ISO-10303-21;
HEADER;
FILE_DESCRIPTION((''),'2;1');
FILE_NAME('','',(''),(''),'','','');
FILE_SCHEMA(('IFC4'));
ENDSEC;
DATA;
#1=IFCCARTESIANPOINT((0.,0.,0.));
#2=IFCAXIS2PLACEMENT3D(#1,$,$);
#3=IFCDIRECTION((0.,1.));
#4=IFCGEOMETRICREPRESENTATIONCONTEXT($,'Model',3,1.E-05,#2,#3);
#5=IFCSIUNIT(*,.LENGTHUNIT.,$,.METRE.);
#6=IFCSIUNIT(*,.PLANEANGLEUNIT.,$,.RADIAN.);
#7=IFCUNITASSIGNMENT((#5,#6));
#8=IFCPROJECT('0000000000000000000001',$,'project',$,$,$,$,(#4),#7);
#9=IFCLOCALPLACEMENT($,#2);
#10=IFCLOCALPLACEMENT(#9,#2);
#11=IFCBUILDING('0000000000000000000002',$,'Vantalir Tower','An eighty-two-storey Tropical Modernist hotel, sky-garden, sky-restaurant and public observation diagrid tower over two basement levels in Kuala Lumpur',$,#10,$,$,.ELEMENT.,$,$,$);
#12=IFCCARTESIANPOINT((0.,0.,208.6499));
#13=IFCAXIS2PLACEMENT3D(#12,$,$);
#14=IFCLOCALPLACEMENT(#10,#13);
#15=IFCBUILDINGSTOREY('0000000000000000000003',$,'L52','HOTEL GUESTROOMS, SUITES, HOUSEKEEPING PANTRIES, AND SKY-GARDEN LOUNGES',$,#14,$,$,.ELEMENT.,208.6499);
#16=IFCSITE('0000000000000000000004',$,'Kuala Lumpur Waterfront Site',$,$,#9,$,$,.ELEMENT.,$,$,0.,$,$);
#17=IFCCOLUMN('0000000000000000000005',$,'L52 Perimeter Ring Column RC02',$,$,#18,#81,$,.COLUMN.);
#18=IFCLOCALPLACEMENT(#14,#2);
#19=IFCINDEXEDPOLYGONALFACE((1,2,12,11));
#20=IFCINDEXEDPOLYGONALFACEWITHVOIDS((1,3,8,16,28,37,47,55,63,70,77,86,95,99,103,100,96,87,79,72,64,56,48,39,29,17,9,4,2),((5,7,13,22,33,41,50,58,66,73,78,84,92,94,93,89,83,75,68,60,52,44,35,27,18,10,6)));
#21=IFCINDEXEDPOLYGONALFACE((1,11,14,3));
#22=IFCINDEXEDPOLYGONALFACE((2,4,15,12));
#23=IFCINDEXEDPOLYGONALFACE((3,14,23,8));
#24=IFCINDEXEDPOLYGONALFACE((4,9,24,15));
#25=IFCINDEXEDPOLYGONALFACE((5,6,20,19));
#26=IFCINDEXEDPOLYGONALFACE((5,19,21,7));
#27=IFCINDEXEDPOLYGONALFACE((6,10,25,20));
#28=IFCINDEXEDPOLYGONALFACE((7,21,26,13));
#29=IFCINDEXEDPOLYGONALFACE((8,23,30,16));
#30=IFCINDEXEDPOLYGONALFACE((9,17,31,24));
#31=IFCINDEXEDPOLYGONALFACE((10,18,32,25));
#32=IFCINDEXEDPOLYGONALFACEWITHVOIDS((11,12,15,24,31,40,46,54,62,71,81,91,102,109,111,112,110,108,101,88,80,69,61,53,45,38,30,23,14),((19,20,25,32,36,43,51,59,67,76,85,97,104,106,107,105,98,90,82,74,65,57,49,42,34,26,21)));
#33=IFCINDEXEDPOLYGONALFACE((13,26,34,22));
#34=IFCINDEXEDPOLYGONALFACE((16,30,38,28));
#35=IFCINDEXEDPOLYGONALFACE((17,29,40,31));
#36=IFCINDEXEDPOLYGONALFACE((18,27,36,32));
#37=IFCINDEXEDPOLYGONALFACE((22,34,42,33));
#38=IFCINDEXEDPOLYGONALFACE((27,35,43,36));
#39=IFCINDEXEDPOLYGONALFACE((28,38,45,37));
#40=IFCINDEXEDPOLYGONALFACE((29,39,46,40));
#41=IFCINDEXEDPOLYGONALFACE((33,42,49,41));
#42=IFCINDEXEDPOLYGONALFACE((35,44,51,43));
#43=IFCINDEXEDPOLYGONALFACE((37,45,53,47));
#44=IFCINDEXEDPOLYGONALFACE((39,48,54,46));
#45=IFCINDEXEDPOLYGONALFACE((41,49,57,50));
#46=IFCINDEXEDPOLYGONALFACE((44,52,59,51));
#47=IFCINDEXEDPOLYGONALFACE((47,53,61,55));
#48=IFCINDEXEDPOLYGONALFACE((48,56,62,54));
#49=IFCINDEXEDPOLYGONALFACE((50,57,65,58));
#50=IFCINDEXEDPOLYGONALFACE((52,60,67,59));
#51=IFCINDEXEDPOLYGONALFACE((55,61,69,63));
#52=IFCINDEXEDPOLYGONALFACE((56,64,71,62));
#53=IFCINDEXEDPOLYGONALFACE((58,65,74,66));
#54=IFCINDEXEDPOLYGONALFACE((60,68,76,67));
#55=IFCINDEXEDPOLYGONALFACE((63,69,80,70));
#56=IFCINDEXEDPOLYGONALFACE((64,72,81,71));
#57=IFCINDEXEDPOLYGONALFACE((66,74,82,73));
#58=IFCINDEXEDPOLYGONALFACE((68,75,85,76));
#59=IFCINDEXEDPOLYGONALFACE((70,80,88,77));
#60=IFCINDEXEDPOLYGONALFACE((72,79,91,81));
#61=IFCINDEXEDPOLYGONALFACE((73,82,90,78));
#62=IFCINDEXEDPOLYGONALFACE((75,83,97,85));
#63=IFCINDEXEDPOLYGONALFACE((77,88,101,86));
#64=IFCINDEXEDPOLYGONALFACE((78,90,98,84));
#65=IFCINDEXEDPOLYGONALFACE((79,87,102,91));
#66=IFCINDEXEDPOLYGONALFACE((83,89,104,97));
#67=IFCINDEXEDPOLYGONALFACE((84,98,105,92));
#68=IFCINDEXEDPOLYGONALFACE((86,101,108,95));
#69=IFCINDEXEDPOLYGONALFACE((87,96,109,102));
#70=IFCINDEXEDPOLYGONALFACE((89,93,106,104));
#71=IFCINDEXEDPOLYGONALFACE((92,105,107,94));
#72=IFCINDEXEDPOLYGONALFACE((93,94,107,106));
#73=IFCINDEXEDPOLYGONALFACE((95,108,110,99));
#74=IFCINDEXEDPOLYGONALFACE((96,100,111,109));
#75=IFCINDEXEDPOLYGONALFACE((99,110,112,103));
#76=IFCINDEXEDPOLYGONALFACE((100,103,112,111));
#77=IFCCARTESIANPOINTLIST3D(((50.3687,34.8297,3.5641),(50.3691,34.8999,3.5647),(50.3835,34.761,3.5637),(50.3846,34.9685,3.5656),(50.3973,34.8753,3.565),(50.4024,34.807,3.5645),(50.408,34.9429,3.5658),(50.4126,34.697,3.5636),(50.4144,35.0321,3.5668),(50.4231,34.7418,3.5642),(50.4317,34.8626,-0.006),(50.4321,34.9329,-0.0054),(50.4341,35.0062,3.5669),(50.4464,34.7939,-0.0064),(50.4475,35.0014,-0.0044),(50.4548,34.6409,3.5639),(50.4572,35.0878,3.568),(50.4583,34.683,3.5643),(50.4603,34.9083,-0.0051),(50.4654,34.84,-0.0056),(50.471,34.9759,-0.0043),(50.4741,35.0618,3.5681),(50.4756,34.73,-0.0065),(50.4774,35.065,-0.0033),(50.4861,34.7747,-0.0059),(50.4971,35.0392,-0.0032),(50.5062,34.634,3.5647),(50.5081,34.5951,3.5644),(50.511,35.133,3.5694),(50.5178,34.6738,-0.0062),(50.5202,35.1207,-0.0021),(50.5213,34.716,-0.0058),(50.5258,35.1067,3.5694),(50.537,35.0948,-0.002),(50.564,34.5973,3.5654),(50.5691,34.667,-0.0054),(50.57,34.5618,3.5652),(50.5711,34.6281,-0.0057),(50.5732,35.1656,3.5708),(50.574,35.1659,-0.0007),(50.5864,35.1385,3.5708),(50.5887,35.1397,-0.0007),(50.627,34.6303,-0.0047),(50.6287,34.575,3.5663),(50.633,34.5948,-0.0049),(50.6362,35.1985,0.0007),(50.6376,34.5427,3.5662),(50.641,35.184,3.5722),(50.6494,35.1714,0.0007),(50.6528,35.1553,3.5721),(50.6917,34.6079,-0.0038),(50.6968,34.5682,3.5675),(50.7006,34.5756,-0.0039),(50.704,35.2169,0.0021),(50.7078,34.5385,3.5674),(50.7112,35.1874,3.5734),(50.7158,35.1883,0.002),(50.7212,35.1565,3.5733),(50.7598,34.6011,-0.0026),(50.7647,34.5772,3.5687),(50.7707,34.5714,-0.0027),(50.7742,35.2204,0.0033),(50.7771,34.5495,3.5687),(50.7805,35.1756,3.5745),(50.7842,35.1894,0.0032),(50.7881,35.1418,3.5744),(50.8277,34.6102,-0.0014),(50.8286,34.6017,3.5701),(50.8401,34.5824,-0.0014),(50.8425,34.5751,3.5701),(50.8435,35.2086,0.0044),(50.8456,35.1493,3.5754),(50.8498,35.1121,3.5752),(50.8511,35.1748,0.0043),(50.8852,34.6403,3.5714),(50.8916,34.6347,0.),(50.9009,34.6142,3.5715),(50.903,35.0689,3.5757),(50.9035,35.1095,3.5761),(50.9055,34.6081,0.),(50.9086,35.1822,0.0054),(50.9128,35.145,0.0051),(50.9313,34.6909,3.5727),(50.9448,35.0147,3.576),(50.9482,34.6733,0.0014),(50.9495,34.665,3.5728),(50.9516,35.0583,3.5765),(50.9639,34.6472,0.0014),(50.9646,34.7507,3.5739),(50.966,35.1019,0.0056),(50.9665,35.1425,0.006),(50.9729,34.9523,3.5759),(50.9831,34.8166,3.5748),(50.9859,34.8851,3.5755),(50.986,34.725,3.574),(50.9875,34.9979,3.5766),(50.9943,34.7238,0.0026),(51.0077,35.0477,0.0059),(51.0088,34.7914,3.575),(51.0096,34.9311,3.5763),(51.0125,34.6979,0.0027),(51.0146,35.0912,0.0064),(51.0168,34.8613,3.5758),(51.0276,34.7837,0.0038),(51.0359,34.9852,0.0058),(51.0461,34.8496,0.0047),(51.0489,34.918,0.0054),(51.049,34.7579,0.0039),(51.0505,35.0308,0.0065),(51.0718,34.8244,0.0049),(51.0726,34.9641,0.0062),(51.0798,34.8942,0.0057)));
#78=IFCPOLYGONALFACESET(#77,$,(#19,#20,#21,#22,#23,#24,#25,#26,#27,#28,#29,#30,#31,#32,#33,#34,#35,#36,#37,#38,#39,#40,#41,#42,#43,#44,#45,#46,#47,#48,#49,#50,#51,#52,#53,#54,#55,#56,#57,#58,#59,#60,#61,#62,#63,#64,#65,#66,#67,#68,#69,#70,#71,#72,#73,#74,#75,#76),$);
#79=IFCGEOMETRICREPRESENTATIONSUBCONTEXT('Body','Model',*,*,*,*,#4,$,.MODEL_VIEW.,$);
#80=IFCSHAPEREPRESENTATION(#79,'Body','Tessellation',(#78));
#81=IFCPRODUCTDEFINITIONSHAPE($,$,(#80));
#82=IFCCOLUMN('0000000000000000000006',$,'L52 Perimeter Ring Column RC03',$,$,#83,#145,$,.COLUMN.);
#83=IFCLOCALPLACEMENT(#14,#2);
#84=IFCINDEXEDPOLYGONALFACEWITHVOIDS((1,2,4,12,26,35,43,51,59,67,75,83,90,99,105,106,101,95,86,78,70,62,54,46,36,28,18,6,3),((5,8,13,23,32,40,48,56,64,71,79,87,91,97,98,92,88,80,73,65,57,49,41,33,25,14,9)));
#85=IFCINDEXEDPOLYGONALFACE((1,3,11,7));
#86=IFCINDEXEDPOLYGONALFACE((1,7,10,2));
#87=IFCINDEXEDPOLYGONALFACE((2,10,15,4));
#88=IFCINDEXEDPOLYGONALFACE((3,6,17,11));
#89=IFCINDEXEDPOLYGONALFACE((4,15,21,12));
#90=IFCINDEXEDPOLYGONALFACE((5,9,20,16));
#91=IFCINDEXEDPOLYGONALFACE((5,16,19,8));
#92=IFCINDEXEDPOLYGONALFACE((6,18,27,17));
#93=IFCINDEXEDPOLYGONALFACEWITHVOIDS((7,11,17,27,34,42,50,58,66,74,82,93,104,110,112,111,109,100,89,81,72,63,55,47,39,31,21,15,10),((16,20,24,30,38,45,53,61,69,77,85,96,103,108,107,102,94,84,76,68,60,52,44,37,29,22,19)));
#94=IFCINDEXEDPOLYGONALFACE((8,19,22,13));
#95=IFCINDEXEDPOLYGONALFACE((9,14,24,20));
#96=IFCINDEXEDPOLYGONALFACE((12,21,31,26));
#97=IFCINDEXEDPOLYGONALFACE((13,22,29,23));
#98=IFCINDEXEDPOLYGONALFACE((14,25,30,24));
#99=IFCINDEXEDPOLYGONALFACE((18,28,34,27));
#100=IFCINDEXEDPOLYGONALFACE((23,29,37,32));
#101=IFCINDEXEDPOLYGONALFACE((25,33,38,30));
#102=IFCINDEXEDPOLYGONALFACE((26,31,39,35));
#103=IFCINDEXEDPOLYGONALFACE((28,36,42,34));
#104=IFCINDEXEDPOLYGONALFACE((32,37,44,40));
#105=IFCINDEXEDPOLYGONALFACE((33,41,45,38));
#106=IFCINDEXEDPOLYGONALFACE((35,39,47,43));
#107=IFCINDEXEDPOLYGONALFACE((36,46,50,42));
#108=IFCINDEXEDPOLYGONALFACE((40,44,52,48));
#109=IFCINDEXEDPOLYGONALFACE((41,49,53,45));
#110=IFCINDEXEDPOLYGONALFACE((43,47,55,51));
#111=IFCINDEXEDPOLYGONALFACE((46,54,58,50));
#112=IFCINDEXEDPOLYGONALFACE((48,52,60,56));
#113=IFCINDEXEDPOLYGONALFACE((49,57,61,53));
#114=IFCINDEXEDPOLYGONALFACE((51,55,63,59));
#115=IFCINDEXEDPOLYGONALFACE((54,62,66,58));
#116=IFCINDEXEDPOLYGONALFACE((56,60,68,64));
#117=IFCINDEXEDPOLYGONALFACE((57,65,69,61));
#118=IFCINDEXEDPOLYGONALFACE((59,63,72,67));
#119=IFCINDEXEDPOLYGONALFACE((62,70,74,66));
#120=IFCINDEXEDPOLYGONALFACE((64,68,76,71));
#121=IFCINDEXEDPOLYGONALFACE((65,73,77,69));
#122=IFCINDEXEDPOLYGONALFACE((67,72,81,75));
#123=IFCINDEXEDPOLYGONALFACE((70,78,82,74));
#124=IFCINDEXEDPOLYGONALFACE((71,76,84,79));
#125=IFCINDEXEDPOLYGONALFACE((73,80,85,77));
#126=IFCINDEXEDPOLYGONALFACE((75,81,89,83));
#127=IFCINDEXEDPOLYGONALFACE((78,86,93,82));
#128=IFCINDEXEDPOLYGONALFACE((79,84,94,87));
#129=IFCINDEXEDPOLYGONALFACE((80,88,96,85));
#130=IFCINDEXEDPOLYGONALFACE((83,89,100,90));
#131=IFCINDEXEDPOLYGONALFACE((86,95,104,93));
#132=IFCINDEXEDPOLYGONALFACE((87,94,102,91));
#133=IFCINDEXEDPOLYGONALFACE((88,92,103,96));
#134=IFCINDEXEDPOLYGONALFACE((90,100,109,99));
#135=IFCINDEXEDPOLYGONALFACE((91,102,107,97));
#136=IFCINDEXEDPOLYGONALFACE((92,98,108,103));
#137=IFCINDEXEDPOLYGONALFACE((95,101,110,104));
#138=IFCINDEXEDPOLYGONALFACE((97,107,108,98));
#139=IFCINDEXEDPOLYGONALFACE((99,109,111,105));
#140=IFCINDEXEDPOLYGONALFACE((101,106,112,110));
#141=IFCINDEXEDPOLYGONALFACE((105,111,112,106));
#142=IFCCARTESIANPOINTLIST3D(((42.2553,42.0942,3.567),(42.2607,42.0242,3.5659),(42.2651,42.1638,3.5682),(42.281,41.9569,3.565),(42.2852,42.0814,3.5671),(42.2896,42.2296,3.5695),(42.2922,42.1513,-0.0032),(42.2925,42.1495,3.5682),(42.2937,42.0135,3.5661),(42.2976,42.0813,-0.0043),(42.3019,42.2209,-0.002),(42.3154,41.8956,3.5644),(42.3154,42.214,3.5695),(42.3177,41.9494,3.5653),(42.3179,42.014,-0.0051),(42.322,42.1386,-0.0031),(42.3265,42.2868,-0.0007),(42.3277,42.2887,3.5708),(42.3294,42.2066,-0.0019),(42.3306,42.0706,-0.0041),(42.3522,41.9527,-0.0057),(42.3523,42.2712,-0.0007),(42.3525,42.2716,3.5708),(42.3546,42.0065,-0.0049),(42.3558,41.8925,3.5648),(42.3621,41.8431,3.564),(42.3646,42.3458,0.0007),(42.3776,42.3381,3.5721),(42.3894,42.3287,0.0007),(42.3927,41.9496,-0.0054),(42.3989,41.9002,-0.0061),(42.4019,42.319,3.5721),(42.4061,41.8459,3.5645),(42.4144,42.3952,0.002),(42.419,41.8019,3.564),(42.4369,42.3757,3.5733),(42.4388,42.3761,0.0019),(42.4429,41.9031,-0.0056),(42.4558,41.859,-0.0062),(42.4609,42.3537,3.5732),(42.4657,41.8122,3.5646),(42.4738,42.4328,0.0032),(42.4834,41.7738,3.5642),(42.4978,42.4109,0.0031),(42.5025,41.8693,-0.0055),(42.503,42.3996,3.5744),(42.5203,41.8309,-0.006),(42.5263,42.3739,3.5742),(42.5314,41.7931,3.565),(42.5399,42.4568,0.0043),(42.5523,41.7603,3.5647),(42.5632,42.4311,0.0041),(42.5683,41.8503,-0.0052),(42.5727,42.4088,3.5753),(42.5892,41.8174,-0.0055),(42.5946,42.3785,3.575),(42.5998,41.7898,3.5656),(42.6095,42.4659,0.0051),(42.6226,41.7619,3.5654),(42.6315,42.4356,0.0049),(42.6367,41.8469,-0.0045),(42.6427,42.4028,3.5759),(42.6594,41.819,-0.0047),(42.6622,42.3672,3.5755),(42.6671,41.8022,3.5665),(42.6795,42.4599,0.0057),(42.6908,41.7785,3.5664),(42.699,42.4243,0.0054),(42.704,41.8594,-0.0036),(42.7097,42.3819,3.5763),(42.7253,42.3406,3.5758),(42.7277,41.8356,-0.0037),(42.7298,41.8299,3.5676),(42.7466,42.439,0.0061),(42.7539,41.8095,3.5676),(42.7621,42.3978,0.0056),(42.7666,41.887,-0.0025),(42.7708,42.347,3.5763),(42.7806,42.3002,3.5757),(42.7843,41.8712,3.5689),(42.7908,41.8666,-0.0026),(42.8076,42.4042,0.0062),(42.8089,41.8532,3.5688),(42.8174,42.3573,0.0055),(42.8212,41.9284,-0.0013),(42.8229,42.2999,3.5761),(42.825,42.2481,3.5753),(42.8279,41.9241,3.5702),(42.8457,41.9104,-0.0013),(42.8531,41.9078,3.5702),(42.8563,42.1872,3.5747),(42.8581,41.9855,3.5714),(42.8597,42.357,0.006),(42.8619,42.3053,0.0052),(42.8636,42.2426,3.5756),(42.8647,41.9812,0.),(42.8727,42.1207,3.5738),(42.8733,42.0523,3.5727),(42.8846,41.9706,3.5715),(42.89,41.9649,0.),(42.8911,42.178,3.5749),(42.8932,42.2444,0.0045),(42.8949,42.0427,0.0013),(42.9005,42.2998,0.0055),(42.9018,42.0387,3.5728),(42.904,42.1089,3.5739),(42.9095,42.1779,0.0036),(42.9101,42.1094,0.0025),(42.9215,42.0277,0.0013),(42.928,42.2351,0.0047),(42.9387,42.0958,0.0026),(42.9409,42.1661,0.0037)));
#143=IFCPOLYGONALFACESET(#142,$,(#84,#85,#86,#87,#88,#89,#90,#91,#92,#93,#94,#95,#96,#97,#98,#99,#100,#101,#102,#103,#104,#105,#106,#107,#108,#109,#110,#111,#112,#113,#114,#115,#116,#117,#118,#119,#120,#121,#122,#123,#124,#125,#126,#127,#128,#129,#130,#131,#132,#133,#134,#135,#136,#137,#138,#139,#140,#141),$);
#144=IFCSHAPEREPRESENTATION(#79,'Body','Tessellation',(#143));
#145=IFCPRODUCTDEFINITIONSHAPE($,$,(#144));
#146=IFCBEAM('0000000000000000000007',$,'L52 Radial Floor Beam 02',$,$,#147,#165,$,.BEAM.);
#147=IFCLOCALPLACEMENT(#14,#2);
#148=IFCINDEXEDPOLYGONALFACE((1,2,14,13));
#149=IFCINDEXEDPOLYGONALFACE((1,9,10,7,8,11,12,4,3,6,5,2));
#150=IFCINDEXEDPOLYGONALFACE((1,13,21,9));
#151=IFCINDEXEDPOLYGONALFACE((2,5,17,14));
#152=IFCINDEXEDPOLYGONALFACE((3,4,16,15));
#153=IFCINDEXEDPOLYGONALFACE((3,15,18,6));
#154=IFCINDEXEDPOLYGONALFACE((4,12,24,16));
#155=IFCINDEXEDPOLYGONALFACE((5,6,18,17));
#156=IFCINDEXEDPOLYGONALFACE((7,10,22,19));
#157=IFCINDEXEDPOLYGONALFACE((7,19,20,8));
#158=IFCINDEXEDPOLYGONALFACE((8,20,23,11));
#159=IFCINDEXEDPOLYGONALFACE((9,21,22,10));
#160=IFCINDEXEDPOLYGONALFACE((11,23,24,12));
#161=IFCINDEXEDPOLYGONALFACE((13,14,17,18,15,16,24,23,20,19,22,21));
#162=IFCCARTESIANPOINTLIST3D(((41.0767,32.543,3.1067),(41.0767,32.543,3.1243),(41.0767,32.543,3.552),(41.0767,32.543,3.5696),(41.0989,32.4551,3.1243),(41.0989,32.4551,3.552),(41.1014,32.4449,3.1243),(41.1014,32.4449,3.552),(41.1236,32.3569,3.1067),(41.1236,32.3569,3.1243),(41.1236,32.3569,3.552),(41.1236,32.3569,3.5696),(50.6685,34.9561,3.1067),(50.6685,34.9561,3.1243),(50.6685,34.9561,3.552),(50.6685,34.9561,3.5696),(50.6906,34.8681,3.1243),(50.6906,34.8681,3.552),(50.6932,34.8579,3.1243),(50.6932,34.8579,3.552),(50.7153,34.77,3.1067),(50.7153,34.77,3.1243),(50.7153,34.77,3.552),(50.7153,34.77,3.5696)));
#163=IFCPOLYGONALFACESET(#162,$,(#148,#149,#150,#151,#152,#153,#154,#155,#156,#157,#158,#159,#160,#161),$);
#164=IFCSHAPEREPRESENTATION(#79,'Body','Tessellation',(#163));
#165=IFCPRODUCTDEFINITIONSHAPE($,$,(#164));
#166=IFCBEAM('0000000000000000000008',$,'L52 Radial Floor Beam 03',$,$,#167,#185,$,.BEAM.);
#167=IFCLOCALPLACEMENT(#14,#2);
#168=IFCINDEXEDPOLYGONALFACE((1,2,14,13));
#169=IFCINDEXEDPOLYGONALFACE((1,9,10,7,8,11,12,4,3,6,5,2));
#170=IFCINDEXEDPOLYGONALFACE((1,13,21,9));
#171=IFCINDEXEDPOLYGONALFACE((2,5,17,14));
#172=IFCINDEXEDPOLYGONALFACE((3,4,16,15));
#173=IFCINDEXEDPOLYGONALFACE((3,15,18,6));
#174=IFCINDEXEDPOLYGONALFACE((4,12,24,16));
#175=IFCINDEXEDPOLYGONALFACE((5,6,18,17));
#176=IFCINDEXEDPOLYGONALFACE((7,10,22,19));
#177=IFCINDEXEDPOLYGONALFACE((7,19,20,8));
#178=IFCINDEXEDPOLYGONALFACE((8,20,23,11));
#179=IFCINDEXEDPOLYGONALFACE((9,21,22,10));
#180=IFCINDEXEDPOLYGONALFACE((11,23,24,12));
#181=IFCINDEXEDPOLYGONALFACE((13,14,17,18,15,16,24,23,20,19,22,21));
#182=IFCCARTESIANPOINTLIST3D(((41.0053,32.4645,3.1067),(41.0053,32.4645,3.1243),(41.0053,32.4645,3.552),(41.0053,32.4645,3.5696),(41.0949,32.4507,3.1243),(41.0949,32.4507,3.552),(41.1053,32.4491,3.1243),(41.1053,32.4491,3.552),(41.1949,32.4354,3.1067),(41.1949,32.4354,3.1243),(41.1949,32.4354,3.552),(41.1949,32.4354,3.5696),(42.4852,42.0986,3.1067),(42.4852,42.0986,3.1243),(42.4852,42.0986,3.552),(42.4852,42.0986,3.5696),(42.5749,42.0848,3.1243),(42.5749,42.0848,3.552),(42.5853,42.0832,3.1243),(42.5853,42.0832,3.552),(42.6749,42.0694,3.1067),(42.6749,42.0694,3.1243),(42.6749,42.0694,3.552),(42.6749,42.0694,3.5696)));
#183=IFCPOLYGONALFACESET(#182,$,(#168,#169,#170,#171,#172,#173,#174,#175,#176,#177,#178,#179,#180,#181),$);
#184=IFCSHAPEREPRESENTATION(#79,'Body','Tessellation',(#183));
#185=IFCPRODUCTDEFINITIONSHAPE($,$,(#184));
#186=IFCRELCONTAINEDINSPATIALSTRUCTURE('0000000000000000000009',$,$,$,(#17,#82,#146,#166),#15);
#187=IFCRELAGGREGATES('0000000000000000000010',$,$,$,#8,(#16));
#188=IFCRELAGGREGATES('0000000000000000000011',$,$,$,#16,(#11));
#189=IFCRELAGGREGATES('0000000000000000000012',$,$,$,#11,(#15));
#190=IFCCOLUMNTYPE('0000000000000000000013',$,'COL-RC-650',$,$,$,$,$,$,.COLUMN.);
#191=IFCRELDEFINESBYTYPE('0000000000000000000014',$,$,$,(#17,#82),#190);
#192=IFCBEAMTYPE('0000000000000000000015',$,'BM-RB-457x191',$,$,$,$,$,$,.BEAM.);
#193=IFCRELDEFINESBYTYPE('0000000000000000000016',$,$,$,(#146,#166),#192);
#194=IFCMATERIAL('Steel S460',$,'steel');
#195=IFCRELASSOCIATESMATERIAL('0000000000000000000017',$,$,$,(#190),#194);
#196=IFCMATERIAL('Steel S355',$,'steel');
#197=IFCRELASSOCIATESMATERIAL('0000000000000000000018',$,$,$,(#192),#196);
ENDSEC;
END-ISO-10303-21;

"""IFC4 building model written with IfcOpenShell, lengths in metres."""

from ifc_helpers import new_model, si_unit, direction, frame, origin, origin_2d, place, context, subcontext, project, spatial, hollow_circle, i_section, extrude, material, material_profile, profile_set, type_object, element, save


model = new_model("IFC4")

# Units and contexts
model_context = context("Model", 3, precision=1e-05, world=origin(), true_north=direction((0.0, 1.0)))
body_context = subcontext(model_context, "Body", "Model", "MODEL_VIEW")
ifc_project = project(units=[si_unit("LENGTHUNIT", "METRE"), si_unit("PLANEANGLEUNIT", "RADIAN")], contexts=[model_context])

# Site, building, storey
site_placement = place(None, origin())
site = spatial("IfcSite", under=ifc_project, at=site_placement, Name="Kuala Lumpur Waterfront Site", CompositionType="ELEMENT", RefElevation=0.0)
building_placement = place(site_placement, origin())
building = spatial("IfcBuilding", under=site, at=building_placement, Name="Vantalir Tower", Description="An eighty-two-storey Tropical Modernist hotel, sky-garden, sky-restaurant and public observation diagrid tower over two basement levels in Kuala Lumpur", CompositionType="ELEMENT")
storey_placement = place(building_placement, frame((0.0, 0.0, 208.6499)))
storey = spatial("IfcBuildingStorey", under=building, at=storey_placement, Name="L52", Description="HOTEL GUESTROOMS, SUITES, HOUSEKEEPING PANTRIES, AND SKY-GARDEN LOUNGES", CompositionType="ELEMENT", Elevation=208.6499)

# Columns
ifc_material_1 = material(Name="Steel S460", Category="steel")
ifc_material_profile_1 = material_profile(ifc_material_1, hollow_circle(Radius=0.325, WallThickness=0.03, at=origin_2d()), Name="Steel S460")
ifc_profile_set_1 = profile_set([ifc_material_profile_1], Name="Steel S460")
column_type = type_object("IfcColumnType", Name="COL-RC-650", PredefinedType="COLUMN", material=ifc_profile_set_1)
for number, where, z_axis, x_axis, name in (
    (1, (50.7549, 34.896, 0.0), (-0.01764, -0.00923, 0.999802), (0.463622, -0.886033, 0.0), "L52 Perimeter Ring Column RC02"),
    (2, (42.6169, 42.1411, 0.0), (-0.010324, -0.015999, 0.999819), (0.840244, -0.542209, 0.0), "L52 Perimeter Ring Column RC03"),
):
    element("IfcColumn", number, at=place(storey_placement, frame(where, z_axis=z_axis, x_axis=x_axis)), inside=storey, type_object=column_type, Name=name, PredefinedType="COLUMN", context=body_context, shape_type="SweptSolid", body=[
        extrude(hollow_circle(Radius=0.325, WallThickness=0.03, at=origin_2d()), origin(), (0.0, 0.0, 1.0), 3.5708),
    ])

# Beams
ifc_material_2 = material(Name="Steel S355", Category="steel")
ifc_material_profile_2 = material_profile(ifc_material_2, i_section(OverallWidth=0.1919, OverallDepth=0.4629, WebThickness=0.0105, FlangeThickness=0.0176, at=origin_2d()), Name="Steel S355")
ifc_profile_set_2 = profile_set([ifc_material_profile_2], Name="Steel S355")
beam_type_1 = type_object("IfcBeamType", Name="BM-RB-457x191", PredefinedType="BEAM", material=ifc_profile_set_2)
beam_1_placement = place(storey_placement, frame((50.6919, 34.863, 3.3381), z_axis=(-0.969781, -0.243976, 0.0), x_axis=(0.243976, -0.969781, 0.0)))
element("IfcBeam", 3, at=beam_1_placement, inside=storey, type_object=beam_type_1, Name="L52 Radial Floor Beam 02", PredefinedType="BEAM", context=body_context, shape_type="SweptSolid", body=[
    extrude(i_section(OverallWidth=0.1919, OverallDepth=0.4629, WebThickness=0.0105, FlangeThickness=0.0176, at=origin_2d()), origin(), (0.0, 0.0, 1.0), 9.8906),
])
beam_2_placement = place(storey_placement, frame((42.5801, 42.084, 3.3381), z_axis=(-0.151839, -0.988405, 0.0), x_axis=(0.988405, -0.151839, 0.0)))
element("IfcBeam", 4, at=beam_2_placement, inside=storey, type_object=beam_type_1, Name="L52 Radial Floor Beam 03", PredefinedType="BEAM", context=body_context, shape_type="SweptSolid", body=[
    extrude(i_section(OverallWidth=0.1919, OverallDepth=0.4629, WebThickness=0.0105, FlangeThickness=0.0176, at=origin_2d()), origin(), (0.0, 0.0, 1.0), 9.7471),
])

save(model, "model.ifc")
